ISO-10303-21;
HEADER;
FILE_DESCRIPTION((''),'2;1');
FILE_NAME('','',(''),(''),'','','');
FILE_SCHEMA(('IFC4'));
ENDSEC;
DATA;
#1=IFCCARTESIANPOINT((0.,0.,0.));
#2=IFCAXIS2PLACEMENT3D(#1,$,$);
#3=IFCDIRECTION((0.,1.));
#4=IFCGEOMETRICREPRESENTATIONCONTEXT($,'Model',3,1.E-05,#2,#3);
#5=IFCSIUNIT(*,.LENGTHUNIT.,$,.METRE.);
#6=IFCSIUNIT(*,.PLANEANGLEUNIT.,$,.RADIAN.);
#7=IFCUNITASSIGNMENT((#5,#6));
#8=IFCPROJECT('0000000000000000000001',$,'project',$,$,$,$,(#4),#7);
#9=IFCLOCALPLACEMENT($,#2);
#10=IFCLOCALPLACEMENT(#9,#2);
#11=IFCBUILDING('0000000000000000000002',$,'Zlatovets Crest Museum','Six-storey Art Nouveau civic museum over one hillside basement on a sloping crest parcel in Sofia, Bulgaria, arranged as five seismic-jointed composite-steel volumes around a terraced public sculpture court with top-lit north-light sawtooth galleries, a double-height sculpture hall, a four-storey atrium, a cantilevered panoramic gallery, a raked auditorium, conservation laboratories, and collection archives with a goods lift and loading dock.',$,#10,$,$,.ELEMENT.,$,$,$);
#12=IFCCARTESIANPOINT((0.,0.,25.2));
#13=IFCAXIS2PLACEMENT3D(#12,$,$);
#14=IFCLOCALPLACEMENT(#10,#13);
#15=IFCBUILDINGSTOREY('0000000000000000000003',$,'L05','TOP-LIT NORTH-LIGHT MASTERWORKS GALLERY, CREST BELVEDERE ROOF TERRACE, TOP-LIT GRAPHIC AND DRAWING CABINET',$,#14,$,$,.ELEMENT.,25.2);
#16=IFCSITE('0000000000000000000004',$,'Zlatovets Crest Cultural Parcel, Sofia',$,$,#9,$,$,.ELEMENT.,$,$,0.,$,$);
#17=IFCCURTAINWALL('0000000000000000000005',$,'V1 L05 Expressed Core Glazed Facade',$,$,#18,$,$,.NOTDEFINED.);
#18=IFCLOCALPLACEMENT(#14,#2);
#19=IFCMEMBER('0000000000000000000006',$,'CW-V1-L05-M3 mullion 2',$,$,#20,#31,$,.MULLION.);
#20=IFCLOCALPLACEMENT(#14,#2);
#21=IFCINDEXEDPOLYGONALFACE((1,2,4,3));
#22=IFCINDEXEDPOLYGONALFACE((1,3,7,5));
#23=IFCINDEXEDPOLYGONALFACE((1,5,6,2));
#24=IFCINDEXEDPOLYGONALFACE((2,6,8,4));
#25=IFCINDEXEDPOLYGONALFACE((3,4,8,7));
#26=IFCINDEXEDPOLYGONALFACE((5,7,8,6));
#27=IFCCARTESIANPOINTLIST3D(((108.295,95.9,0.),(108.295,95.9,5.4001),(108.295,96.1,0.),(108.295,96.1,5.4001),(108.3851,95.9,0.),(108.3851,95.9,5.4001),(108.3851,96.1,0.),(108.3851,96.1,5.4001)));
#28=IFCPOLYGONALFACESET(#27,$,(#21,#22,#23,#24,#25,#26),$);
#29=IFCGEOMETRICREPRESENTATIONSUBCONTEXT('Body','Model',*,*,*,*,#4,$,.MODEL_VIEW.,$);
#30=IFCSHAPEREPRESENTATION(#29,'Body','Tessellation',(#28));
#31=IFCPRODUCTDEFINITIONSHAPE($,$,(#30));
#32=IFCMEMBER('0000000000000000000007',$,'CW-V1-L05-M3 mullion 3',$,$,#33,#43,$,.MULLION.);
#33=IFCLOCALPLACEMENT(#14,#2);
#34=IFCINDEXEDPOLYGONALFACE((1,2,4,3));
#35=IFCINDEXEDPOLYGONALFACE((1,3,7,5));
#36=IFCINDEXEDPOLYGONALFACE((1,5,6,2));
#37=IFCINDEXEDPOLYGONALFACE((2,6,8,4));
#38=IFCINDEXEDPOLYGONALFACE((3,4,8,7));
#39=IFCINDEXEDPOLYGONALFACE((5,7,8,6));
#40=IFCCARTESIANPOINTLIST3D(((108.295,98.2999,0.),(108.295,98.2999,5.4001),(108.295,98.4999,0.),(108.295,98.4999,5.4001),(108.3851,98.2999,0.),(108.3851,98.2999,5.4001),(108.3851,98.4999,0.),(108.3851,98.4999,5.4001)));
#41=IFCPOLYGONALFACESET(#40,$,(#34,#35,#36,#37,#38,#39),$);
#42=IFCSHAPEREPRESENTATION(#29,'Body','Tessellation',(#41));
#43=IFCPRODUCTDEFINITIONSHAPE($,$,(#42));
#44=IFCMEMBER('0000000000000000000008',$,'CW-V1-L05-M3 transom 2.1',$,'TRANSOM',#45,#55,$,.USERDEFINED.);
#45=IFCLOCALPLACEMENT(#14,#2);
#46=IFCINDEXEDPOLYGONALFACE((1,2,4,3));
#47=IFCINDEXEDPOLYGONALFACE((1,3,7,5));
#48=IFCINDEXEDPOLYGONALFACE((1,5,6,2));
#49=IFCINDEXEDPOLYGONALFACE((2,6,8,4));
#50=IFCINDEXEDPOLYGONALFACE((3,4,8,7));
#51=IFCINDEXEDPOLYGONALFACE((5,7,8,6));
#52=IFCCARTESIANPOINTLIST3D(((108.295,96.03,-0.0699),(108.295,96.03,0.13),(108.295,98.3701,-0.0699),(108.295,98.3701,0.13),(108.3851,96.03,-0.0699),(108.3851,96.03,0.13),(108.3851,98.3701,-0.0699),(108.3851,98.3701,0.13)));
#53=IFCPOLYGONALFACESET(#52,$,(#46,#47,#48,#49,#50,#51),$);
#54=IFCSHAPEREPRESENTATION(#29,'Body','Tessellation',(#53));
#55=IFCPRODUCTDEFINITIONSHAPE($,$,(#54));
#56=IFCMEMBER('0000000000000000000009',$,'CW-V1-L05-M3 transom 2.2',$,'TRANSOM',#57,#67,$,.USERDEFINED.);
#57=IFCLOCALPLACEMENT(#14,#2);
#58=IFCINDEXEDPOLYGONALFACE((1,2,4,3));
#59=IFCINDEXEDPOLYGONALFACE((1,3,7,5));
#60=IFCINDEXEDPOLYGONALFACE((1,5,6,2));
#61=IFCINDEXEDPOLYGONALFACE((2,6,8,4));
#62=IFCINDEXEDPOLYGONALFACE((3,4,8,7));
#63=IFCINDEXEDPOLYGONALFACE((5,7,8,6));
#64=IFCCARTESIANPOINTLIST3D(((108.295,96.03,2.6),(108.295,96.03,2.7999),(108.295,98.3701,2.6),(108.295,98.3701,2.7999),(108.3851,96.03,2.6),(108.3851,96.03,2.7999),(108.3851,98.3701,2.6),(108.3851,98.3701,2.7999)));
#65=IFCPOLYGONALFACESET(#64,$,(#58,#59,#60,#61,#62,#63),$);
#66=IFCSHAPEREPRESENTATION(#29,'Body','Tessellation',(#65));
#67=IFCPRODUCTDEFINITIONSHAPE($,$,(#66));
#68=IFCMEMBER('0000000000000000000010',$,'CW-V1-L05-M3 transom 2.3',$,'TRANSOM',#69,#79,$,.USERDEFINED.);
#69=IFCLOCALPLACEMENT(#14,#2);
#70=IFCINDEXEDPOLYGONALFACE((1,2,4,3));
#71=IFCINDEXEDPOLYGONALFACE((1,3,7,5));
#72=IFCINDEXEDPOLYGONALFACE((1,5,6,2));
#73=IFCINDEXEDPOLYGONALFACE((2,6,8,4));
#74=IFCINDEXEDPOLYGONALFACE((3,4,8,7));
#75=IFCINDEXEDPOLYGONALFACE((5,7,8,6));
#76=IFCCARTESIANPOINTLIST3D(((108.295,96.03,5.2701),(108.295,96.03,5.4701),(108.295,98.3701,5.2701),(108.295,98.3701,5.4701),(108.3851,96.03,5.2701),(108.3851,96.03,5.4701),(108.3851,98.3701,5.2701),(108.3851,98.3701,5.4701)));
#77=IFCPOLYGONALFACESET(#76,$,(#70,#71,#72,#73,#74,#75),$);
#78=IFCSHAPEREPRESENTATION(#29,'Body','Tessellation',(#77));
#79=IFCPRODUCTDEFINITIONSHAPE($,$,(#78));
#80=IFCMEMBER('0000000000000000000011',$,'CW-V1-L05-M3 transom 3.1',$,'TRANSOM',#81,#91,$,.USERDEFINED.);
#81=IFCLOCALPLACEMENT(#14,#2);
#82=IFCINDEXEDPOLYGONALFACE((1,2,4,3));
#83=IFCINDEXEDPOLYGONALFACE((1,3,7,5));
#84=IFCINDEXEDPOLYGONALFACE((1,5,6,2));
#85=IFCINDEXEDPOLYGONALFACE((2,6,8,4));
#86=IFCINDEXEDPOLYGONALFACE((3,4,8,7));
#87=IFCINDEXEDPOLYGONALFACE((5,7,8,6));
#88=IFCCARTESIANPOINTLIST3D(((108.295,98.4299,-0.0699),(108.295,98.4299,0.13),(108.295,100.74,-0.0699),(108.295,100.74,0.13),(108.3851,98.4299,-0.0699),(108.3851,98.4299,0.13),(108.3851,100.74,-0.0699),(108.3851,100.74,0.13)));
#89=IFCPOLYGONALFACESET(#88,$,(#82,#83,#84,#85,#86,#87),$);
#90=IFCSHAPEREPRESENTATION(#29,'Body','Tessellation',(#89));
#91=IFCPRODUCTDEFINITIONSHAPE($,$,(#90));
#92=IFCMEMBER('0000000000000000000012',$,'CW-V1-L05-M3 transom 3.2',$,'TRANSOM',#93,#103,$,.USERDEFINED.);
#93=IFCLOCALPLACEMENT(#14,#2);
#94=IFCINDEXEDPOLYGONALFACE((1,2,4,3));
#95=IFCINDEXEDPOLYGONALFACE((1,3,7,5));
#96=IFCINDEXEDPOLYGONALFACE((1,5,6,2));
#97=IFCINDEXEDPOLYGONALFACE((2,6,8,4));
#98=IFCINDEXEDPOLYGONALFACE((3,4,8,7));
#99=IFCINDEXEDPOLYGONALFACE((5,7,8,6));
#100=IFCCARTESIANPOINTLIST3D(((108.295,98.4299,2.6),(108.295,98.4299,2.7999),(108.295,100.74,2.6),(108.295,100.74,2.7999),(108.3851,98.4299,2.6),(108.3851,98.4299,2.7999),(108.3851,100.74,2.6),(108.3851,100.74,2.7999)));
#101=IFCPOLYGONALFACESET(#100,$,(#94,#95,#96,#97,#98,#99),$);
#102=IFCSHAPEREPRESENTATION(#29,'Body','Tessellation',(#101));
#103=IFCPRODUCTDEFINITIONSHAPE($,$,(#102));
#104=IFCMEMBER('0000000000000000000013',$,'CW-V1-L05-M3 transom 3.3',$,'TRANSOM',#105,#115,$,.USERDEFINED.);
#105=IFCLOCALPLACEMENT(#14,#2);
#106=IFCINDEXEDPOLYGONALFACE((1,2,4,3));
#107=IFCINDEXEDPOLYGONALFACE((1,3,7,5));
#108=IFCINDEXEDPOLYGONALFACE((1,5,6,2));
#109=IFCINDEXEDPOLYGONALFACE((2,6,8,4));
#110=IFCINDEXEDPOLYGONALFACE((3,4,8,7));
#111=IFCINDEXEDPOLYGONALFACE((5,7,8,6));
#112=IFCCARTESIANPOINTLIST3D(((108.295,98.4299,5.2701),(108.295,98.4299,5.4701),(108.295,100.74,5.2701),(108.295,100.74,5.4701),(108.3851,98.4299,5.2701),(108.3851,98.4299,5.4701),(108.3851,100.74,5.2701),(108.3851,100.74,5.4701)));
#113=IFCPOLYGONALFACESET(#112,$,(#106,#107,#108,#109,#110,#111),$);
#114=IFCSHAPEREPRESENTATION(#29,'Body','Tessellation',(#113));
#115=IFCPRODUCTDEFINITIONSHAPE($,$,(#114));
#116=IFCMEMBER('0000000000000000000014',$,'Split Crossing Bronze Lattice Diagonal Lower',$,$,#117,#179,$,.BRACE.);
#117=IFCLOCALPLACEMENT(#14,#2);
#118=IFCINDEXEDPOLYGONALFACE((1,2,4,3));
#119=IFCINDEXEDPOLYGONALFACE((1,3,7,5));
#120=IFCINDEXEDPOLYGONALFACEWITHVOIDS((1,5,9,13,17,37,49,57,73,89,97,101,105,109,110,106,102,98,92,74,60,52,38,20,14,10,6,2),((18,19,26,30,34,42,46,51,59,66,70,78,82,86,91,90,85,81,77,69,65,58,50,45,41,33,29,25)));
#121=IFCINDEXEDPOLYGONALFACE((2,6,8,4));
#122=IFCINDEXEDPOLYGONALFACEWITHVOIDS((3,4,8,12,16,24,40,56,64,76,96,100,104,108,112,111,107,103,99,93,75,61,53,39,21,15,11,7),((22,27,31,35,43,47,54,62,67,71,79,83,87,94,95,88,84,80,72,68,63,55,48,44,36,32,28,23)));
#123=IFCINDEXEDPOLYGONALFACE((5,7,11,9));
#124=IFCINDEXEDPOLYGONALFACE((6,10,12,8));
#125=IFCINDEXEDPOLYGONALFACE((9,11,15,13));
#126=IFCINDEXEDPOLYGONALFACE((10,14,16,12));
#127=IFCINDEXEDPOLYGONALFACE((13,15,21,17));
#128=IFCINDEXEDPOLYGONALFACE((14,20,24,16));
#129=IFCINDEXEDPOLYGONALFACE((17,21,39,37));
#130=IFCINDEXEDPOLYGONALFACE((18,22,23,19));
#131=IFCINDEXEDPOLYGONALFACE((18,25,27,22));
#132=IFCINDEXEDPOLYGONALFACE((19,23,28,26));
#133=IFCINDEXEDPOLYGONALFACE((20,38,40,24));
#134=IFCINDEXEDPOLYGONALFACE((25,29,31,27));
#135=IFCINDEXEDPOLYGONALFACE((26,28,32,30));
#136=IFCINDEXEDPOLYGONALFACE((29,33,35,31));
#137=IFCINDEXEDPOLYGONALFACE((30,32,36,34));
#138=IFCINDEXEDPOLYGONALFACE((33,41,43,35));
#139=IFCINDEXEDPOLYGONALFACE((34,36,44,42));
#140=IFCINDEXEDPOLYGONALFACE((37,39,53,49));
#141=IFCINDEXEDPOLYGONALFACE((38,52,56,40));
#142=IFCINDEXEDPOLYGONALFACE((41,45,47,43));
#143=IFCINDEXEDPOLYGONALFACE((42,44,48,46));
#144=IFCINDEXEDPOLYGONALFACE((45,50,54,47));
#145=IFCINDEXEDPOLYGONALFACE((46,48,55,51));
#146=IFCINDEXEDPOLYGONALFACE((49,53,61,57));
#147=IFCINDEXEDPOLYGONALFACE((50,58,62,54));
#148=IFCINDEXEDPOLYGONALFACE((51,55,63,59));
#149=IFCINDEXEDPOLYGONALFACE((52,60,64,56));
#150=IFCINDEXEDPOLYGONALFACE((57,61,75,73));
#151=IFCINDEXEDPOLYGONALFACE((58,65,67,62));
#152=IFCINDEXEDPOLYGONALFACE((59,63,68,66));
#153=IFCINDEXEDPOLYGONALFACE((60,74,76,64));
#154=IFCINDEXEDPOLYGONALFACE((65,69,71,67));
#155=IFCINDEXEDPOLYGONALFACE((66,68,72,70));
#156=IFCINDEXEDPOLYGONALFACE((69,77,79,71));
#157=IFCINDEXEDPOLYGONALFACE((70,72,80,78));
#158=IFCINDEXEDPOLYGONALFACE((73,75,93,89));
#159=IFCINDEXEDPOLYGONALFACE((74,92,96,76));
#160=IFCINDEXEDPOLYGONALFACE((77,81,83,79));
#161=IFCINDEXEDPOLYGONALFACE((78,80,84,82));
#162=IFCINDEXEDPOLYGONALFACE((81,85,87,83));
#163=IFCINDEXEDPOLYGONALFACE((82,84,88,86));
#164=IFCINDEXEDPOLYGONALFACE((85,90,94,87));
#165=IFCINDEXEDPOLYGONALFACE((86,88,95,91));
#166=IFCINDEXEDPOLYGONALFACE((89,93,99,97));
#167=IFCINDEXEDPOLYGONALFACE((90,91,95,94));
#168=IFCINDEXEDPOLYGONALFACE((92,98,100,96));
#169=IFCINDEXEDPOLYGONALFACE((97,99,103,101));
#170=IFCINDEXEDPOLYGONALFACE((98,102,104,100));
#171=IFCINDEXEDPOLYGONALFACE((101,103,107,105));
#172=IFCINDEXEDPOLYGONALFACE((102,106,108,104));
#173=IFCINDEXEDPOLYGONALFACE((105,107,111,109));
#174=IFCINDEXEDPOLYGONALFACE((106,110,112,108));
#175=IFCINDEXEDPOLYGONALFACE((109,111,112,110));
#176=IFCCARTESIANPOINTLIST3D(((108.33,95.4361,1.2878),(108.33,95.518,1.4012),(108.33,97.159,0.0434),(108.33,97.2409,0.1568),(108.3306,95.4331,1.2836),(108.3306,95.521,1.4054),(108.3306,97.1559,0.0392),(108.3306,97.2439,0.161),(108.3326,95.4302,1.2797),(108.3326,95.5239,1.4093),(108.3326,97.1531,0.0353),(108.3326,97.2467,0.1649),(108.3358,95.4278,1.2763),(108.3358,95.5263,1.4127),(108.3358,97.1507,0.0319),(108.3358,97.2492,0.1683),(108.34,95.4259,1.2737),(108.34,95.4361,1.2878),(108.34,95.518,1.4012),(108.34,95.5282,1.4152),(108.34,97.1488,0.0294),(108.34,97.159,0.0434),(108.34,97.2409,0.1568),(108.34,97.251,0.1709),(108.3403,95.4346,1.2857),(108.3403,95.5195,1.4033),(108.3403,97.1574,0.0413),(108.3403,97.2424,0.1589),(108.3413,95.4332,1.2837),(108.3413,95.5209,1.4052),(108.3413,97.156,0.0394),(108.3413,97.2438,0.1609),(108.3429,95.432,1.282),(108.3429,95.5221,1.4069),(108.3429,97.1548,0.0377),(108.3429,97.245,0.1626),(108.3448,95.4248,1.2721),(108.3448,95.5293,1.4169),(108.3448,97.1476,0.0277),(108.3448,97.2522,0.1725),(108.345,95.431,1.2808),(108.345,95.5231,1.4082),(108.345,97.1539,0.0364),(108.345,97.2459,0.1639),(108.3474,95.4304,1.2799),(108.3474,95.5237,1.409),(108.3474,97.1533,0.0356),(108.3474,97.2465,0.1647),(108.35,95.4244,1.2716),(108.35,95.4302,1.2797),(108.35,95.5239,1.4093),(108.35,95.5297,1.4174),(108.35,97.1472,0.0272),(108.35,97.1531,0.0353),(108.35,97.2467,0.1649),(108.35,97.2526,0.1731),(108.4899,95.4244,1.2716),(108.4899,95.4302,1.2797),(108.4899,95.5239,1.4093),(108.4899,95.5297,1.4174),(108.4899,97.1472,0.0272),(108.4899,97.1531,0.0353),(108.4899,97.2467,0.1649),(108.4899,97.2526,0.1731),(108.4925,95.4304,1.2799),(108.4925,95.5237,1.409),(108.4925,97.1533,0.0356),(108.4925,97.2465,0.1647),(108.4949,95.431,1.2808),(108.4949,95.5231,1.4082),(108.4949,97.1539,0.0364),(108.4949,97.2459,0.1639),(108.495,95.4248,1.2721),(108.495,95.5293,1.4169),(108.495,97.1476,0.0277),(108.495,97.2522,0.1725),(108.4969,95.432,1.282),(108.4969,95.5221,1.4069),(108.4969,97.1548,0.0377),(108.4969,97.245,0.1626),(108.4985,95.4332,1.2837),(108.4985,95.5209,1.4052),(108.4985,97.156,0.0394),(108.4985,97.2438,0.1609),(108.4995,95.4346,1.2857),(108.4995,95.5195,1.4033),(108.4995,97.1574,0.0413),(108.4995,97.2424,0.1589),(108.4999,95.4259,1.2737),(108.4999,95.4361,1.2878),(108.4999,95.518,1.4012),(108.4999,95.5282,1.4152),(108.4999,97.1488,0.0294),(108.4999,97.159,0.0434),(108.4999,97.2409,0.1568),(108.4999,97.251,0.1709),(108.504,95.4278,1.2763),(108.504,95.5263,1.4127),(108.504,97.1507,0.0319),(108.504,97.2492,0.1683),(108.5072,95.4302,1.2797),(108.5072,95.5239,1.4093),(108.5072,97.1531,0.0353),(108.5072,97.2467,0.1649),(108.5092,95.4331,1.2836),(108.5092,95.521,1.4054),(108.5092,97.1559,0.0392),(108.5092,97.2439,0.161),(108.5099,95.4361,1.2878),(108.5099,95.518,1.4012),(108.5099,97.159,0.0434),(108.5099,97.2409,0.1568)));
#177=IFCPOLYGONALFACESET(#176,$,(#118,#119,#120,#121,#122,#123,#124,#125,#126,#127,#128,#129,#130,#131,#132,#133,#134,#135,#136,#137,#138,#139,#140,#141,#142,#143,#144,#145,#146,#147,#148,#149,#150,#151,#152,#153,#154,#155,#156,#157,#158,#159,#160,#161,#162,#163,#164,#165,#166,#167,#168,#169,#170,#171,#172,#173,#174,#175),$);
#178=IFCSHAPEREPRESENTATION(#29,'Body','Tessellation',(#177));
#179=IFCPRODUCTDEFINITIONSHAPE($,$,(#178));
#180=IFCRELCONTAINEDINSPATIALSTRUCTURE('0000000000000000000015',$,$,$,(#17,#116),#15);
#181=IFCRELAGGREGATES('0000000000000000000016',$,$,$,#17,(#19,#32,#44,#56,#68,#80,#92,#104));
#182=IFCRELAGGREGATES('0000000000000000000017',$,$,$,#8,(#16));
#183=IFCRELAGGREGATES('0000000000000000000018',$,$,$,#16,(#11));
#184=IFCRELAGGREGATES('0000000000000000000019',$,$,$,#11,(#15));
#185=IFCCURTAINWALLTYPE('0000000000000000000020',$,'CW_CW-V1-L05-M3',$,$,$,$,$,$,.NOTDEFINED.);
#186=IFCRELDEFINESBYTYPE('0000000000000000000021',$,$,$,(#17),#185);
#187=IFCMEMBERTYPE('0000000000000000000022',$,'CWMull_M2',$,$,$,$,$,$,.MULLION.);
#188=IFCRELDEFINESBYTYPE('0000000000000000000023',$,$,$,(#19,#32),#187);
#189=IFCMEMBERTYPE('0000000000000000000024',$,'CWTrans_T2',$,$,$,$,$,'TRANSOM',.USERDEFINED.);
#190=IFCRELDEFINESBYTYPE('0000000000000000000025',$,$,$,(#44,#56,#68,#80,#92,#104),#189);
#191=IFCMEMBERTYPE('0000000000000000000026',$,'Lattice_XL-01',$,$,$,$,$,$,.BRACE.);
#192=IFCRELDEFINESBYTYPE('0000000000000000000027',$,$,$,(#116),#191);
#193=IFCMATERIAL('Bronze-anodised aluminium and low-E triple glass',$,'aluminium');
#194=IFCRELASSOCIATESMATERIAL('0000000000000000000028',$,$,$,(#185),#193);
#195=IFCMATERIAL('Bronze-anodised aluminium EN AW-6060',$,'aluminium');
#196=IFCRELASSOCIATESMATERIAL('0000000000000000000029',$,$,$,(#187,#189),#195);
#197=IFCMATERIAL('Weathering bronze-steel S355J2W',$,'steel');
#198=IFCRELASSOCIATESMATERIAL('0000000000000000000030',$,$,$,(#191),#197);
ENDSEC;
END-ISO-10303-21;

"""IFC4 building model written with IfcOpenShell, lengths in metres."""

from ifc_helpers import new_model, si_unit, direction, frame, origin, origin_2d, place, context, subcontext, project, spatial, rectangle, hollow_rectangle, extrude, material, material_profile, profile_set, type_object, element, aggregate, save


model = new_model("IFC4")

# Units and contexts
model_context = context("Model", 3, precision=1e-05, world=origin(), true_north=direction((0.0, 1.0)))
body_context = subcontext(model_context, "Body", "Model", "MODEL_VIEW")
ifc_project = project(units=[si_unit("LENGTHUNIT", "METRE"), si_unit("PLANEANGLEUNIT", "RADIAN")], contexts=[model_context])

# Site, building, storey
site_placement = place(None, origin())
site = spatial("IfcSite", under=ifc_project, at=site_placement, Name="Zlatovets Crest Cultural Parcel, Sofia", CompositionType="ELEMENT", RefElevation=0.0)
building_placement = place(site_placement, origin())
building = spatial("IfcBuilding", under=site, at=building_placement, Name="Zlatovets Crest Museum", Description="Six-storey Art Nouveau civic museum over one hillside basement on a sloping crest parcel in Sofia, Bulgaria, arranged as five seismic-jointed composite-steel volumes around a terraced public sculpture court with top-lit north-light sawtooth galleries, a double-height sculpture hall, a four-storey atrium, a cantilevered panoramic gallery, a raked auditorium, conservation laboratories, and collection archives with a goods lift and loading dock.", CompositionType="ELEMENT")
storey_placement = place(building_placement, frame((0.0, 0.0, 25.2)))
storey = spatial("IfcBuildingStorey", under=building, at=storey_placement, Name="L05", Description="TOP-LIT NORTH-LIGHT MASTERWORKS GALLERY, CREST BELVEDERE ROOF TERRACE, TOP-LIT GRAPHIC AND DRAWING CABINET", CompositionType="ELEMENT", Elevation=25.2)

# Curtain wall, members
ifc_material_1 = material(Name="Bronze-anodised aluminium and low-E triple glass", Category="aluminium")
curtain_wall_type = type_object("IfcCurtainWallType", Name="CW_CW-V1-L05-M3", PredefinedType="NOTDEFINED", material=ifc_material_1)
curtain_wall_placement = place(storey_placement, origin())
curtain_wall = element("IfcCurtainWall", 1, at=curtain_wall_placement, inside=storey, type_object=curtain_wall_type, Name="V1 L05 Expressed Core Glazed Facade", PredefinedType="NOTDEFINED")
ifc_material_2 = material(Name="Bronze-anodised aluminium EN AW-6060", Category="aluminium")
ifc_material_profile_1 = material_profile(ifc_material_2, rectangle(XDim=0.0901, YDim=0.2, at=origin_2d()), Name="ALU 90x200")
ifc_profile_set_1 = profile_set([ifc_material_profile_1], Name="Bronze-anodised aluminium EN AW-6060")
member_type_1 = type_object("IfcMemberType", Name="CWMull_M2", PredefinedType="MULLION", material=ifc_profile_set_1)
member_1_placement = place(storey_placement, frame((108.3401, 96.0, 0.0), z_axis=(0.0, 0.0, 1.0), x_axis=(-1.0, 0.0, 0.0)))
member_1 = element("IfcMember", 2, at=member_1_placement, type_object=member_type_1, Name="CW-V1-L05-M3 mullion 2", PredefinedType="MULLION", context=body_context, shape_type="SweptSolid", body=[
    extrude(rectangle(XDim=0.0901, YDim=0.2, at=origin_2d()), origin(), (0.0, 0.0, 1.0), 5.4001),
])
member_2_placement = place(storey_placement, frame((108.3401, 98.3999, 0.0), z_axis=(0.0, 0.0, 1.0), x_axis=(-1.0, 0.0, 0.0)))
member_2 = element("IfcMember", 3, at=member_2_placement, type_object=member_type_1, Name="CW-V1-L05-M3 mullion 3", PredefinedType="MULLION", context=body_context, shape_type="SweptSolid", body=[
    extrude(rectangle(XDim=0.0901, YDim=0.2, at=origin_2d()), origin(), (0.0, 0.0, 1.0), 5.4001),
])
ifc_material_profile_2 = material_profile(ifc_material_2, rectangle(XDim=0.0901, YDim=0.2, at=origin_2d()), Name="ALU 90x200")
ifc_profile_set_2 = profile_set([ifc_material_profile_2], Name="Bronze-anodised aluminium EN AW-6060")
member_type_2 = type_object("IfcMemberType", Name="CWTrans_T2", ElementType="TRANSOM", PredefinedType="USERDEFINED", material=ifc_profile_set_2)
member_3_placement = place(storey_placement, frame((108.3401, 96.03, 0.03), z_axis=(0.0, 1.0, 0.0), x_axis=(-1.0, 0.0, 0.0)))
member_3 = element("IfcMember", 4, at=member_3_placement, type_object=member_type_2, Name="CW-V1-L05-M3 transom 2.1", ObjectType="TRANSOM", PredefinedType="USERDEFINED", context=body_context, shape_type="SweptSolid", body=[
    extrude(rectangle(XDim=0.0901, YDim=0.2, at=origin_2d()), origin(), (0.0, 0.0, 1.0), 2.3401),
])
member_4_placement = place(storey_placement, frame((108.3401, 96.03, 2.7), z_axis=(0.0, 1.0, 0.0), x_axis=(-1.0, 0.0, 0.0)))
member_4 = element("IfcMember", 5, at=member_4_placement, type_object=member_type_2, Name="CW-V1-L05-M3 transom 2.2", ObjectType="TRANSOM", PredefinedType="USERDEFINED", context=body_context, shape_type="SweptSolid", body=[
    extrude(rectangle(XDim=0.0901, YDim=0.2, at=origin_2d()), origin(), (0.0, 0.0, 1.0), 2.3401),
])
member_5_placement = place(storey_placement, frame((108.3401, 96.03, 5.3701), z_axis=(0.0, 1.0, 0.0), x_axis=(-1.0, 0.0, 0.0)))
member_5 = element("IfcMember", 6, at=member_5_placement, type_object=member_type_2, Name="CW-V1-L05-M3 transom 2.3", ObjectType="TRANSOM", PredefinedType="USERDEFINED", context=body_context, shape_type="SweptSolid", body=[
    extrude(rectangle(XDim=0.0901, YDim=0.2, at=origin_2d()), origin(), (0.0, 0.0, 1.0), 2.3401),
])
member_6_placement = place(storey_placement, frame((108.3401, 98.4299, 0.03), z_axis=(0.0, 1.0, 0.0), x_axis=(-1.0, 0.0, 0.0)))
member_6 = element("IfcMember", 7, at=member_6_placement, type_object=member_type_2, Name="CW-V1-L05-M3 transom 3.1", ObjectType="TRANSOM", PredefinedType="USERDEFINED", context=body_context, shape_type="SweptSolid", body=[
    extrude(rectangle(XDim=0.0901, YDim=0.2, at=origin_2d()), origin(), (0.0, 0.0, 1.0), 2.3101),
])
member_7_placement = place(storey_placement, frame((108.3401, 98.4299, 2.7), z_axis=(0.0, 1.0, 0.0), x_axis=(-1.0, 0.0, 0.0)))
member_7 = element("IfcMember", 8, at=member_7_placement, type_object=member_type_2, Name="CW-V1-L05-M3 transom 3.2", ObjectType="TRANSOM", PredefinedType="USERDEFINED", context=body_context, shape_type="SweptSolid", body=[
    extrude(rectangle(XDim=0.0901, YDim=0.2, at=origin_2d()), origin(), (0.0, 0.0, 1.0), 2.3101),
])
member_8_placement = place(storey_placement, frame((108.3401, 98.4299, 5.3701), z_axis=(0.0, 1.0, 0.0), x_axis=(-1.0, 0.0, 0.0)))
member_8 = element("IfcMember", 9, at=member_8_placement, type_object=member_type_2, Name="CW-V1-L05-M3 transom 3.3", ObjectType="TRANSOM", PredefinedType="USERDEFINED", context=body_context, shape_type="SweptSolid", body=[
    extrude(rectangle(XDim=0.0901, YDim=0.2, at=origin_2d()), origin(), (0.0, 0.0, 1.0), 2.3101),
])

# Member
ifc_material_3 = material(Name="Weathering bronze-steel S355J2W", Category="steel")
ifc_material_profile_3 = material_profile(ifc_material_3, hollow_rectangle(XDim=0.1799, YDim=0.1799, WallThickness=0.01, InnerFilletRadius=0.01, OuterFilletRadius=0.02, at=origin_2d()), Name="SHS 180x180x10.0")
ifc_profile_set_3 = profile_set([ifc_material_profile_3], Name="Weathering bronze-steel S355J2W")
member_type_3 = type_object("IfcMemberType", Name="Lattice_XL-01", PredefinedType="BRACE", material=ifc_profile_set_3)
member_9_placement = place(storey_placement, frame((108.4199, 95.4771, 1.3445), z_axis=(0.0, 0.810664, -0.585512), x_axis=(-1.0, 0.0, 0.0)))
element("IfcMember", 10, at=member_9_placement, inside=storey, type_object=member_type_3, Name="Split Crossing Bronze Lattice Diagonal Lower", PredefinedType="BRACE", context=body_context, shape_type="SweptSolid", body=[
    extrude(hollow_rectangle(XDim=0.1799, YDim=0.1799, WallThickness=0.01, InnerFilletRadius=0.01, OuterFilletRadius=0.02, at=origin_2d()), origin(), (0.0, 0.0, 1.0), 2.1252),
])

aggregate(curtain_wall, [member_1, member_2, member_3, member_4, member_5, member_6, member_7, member_8])

save(model, "model.ifc")
